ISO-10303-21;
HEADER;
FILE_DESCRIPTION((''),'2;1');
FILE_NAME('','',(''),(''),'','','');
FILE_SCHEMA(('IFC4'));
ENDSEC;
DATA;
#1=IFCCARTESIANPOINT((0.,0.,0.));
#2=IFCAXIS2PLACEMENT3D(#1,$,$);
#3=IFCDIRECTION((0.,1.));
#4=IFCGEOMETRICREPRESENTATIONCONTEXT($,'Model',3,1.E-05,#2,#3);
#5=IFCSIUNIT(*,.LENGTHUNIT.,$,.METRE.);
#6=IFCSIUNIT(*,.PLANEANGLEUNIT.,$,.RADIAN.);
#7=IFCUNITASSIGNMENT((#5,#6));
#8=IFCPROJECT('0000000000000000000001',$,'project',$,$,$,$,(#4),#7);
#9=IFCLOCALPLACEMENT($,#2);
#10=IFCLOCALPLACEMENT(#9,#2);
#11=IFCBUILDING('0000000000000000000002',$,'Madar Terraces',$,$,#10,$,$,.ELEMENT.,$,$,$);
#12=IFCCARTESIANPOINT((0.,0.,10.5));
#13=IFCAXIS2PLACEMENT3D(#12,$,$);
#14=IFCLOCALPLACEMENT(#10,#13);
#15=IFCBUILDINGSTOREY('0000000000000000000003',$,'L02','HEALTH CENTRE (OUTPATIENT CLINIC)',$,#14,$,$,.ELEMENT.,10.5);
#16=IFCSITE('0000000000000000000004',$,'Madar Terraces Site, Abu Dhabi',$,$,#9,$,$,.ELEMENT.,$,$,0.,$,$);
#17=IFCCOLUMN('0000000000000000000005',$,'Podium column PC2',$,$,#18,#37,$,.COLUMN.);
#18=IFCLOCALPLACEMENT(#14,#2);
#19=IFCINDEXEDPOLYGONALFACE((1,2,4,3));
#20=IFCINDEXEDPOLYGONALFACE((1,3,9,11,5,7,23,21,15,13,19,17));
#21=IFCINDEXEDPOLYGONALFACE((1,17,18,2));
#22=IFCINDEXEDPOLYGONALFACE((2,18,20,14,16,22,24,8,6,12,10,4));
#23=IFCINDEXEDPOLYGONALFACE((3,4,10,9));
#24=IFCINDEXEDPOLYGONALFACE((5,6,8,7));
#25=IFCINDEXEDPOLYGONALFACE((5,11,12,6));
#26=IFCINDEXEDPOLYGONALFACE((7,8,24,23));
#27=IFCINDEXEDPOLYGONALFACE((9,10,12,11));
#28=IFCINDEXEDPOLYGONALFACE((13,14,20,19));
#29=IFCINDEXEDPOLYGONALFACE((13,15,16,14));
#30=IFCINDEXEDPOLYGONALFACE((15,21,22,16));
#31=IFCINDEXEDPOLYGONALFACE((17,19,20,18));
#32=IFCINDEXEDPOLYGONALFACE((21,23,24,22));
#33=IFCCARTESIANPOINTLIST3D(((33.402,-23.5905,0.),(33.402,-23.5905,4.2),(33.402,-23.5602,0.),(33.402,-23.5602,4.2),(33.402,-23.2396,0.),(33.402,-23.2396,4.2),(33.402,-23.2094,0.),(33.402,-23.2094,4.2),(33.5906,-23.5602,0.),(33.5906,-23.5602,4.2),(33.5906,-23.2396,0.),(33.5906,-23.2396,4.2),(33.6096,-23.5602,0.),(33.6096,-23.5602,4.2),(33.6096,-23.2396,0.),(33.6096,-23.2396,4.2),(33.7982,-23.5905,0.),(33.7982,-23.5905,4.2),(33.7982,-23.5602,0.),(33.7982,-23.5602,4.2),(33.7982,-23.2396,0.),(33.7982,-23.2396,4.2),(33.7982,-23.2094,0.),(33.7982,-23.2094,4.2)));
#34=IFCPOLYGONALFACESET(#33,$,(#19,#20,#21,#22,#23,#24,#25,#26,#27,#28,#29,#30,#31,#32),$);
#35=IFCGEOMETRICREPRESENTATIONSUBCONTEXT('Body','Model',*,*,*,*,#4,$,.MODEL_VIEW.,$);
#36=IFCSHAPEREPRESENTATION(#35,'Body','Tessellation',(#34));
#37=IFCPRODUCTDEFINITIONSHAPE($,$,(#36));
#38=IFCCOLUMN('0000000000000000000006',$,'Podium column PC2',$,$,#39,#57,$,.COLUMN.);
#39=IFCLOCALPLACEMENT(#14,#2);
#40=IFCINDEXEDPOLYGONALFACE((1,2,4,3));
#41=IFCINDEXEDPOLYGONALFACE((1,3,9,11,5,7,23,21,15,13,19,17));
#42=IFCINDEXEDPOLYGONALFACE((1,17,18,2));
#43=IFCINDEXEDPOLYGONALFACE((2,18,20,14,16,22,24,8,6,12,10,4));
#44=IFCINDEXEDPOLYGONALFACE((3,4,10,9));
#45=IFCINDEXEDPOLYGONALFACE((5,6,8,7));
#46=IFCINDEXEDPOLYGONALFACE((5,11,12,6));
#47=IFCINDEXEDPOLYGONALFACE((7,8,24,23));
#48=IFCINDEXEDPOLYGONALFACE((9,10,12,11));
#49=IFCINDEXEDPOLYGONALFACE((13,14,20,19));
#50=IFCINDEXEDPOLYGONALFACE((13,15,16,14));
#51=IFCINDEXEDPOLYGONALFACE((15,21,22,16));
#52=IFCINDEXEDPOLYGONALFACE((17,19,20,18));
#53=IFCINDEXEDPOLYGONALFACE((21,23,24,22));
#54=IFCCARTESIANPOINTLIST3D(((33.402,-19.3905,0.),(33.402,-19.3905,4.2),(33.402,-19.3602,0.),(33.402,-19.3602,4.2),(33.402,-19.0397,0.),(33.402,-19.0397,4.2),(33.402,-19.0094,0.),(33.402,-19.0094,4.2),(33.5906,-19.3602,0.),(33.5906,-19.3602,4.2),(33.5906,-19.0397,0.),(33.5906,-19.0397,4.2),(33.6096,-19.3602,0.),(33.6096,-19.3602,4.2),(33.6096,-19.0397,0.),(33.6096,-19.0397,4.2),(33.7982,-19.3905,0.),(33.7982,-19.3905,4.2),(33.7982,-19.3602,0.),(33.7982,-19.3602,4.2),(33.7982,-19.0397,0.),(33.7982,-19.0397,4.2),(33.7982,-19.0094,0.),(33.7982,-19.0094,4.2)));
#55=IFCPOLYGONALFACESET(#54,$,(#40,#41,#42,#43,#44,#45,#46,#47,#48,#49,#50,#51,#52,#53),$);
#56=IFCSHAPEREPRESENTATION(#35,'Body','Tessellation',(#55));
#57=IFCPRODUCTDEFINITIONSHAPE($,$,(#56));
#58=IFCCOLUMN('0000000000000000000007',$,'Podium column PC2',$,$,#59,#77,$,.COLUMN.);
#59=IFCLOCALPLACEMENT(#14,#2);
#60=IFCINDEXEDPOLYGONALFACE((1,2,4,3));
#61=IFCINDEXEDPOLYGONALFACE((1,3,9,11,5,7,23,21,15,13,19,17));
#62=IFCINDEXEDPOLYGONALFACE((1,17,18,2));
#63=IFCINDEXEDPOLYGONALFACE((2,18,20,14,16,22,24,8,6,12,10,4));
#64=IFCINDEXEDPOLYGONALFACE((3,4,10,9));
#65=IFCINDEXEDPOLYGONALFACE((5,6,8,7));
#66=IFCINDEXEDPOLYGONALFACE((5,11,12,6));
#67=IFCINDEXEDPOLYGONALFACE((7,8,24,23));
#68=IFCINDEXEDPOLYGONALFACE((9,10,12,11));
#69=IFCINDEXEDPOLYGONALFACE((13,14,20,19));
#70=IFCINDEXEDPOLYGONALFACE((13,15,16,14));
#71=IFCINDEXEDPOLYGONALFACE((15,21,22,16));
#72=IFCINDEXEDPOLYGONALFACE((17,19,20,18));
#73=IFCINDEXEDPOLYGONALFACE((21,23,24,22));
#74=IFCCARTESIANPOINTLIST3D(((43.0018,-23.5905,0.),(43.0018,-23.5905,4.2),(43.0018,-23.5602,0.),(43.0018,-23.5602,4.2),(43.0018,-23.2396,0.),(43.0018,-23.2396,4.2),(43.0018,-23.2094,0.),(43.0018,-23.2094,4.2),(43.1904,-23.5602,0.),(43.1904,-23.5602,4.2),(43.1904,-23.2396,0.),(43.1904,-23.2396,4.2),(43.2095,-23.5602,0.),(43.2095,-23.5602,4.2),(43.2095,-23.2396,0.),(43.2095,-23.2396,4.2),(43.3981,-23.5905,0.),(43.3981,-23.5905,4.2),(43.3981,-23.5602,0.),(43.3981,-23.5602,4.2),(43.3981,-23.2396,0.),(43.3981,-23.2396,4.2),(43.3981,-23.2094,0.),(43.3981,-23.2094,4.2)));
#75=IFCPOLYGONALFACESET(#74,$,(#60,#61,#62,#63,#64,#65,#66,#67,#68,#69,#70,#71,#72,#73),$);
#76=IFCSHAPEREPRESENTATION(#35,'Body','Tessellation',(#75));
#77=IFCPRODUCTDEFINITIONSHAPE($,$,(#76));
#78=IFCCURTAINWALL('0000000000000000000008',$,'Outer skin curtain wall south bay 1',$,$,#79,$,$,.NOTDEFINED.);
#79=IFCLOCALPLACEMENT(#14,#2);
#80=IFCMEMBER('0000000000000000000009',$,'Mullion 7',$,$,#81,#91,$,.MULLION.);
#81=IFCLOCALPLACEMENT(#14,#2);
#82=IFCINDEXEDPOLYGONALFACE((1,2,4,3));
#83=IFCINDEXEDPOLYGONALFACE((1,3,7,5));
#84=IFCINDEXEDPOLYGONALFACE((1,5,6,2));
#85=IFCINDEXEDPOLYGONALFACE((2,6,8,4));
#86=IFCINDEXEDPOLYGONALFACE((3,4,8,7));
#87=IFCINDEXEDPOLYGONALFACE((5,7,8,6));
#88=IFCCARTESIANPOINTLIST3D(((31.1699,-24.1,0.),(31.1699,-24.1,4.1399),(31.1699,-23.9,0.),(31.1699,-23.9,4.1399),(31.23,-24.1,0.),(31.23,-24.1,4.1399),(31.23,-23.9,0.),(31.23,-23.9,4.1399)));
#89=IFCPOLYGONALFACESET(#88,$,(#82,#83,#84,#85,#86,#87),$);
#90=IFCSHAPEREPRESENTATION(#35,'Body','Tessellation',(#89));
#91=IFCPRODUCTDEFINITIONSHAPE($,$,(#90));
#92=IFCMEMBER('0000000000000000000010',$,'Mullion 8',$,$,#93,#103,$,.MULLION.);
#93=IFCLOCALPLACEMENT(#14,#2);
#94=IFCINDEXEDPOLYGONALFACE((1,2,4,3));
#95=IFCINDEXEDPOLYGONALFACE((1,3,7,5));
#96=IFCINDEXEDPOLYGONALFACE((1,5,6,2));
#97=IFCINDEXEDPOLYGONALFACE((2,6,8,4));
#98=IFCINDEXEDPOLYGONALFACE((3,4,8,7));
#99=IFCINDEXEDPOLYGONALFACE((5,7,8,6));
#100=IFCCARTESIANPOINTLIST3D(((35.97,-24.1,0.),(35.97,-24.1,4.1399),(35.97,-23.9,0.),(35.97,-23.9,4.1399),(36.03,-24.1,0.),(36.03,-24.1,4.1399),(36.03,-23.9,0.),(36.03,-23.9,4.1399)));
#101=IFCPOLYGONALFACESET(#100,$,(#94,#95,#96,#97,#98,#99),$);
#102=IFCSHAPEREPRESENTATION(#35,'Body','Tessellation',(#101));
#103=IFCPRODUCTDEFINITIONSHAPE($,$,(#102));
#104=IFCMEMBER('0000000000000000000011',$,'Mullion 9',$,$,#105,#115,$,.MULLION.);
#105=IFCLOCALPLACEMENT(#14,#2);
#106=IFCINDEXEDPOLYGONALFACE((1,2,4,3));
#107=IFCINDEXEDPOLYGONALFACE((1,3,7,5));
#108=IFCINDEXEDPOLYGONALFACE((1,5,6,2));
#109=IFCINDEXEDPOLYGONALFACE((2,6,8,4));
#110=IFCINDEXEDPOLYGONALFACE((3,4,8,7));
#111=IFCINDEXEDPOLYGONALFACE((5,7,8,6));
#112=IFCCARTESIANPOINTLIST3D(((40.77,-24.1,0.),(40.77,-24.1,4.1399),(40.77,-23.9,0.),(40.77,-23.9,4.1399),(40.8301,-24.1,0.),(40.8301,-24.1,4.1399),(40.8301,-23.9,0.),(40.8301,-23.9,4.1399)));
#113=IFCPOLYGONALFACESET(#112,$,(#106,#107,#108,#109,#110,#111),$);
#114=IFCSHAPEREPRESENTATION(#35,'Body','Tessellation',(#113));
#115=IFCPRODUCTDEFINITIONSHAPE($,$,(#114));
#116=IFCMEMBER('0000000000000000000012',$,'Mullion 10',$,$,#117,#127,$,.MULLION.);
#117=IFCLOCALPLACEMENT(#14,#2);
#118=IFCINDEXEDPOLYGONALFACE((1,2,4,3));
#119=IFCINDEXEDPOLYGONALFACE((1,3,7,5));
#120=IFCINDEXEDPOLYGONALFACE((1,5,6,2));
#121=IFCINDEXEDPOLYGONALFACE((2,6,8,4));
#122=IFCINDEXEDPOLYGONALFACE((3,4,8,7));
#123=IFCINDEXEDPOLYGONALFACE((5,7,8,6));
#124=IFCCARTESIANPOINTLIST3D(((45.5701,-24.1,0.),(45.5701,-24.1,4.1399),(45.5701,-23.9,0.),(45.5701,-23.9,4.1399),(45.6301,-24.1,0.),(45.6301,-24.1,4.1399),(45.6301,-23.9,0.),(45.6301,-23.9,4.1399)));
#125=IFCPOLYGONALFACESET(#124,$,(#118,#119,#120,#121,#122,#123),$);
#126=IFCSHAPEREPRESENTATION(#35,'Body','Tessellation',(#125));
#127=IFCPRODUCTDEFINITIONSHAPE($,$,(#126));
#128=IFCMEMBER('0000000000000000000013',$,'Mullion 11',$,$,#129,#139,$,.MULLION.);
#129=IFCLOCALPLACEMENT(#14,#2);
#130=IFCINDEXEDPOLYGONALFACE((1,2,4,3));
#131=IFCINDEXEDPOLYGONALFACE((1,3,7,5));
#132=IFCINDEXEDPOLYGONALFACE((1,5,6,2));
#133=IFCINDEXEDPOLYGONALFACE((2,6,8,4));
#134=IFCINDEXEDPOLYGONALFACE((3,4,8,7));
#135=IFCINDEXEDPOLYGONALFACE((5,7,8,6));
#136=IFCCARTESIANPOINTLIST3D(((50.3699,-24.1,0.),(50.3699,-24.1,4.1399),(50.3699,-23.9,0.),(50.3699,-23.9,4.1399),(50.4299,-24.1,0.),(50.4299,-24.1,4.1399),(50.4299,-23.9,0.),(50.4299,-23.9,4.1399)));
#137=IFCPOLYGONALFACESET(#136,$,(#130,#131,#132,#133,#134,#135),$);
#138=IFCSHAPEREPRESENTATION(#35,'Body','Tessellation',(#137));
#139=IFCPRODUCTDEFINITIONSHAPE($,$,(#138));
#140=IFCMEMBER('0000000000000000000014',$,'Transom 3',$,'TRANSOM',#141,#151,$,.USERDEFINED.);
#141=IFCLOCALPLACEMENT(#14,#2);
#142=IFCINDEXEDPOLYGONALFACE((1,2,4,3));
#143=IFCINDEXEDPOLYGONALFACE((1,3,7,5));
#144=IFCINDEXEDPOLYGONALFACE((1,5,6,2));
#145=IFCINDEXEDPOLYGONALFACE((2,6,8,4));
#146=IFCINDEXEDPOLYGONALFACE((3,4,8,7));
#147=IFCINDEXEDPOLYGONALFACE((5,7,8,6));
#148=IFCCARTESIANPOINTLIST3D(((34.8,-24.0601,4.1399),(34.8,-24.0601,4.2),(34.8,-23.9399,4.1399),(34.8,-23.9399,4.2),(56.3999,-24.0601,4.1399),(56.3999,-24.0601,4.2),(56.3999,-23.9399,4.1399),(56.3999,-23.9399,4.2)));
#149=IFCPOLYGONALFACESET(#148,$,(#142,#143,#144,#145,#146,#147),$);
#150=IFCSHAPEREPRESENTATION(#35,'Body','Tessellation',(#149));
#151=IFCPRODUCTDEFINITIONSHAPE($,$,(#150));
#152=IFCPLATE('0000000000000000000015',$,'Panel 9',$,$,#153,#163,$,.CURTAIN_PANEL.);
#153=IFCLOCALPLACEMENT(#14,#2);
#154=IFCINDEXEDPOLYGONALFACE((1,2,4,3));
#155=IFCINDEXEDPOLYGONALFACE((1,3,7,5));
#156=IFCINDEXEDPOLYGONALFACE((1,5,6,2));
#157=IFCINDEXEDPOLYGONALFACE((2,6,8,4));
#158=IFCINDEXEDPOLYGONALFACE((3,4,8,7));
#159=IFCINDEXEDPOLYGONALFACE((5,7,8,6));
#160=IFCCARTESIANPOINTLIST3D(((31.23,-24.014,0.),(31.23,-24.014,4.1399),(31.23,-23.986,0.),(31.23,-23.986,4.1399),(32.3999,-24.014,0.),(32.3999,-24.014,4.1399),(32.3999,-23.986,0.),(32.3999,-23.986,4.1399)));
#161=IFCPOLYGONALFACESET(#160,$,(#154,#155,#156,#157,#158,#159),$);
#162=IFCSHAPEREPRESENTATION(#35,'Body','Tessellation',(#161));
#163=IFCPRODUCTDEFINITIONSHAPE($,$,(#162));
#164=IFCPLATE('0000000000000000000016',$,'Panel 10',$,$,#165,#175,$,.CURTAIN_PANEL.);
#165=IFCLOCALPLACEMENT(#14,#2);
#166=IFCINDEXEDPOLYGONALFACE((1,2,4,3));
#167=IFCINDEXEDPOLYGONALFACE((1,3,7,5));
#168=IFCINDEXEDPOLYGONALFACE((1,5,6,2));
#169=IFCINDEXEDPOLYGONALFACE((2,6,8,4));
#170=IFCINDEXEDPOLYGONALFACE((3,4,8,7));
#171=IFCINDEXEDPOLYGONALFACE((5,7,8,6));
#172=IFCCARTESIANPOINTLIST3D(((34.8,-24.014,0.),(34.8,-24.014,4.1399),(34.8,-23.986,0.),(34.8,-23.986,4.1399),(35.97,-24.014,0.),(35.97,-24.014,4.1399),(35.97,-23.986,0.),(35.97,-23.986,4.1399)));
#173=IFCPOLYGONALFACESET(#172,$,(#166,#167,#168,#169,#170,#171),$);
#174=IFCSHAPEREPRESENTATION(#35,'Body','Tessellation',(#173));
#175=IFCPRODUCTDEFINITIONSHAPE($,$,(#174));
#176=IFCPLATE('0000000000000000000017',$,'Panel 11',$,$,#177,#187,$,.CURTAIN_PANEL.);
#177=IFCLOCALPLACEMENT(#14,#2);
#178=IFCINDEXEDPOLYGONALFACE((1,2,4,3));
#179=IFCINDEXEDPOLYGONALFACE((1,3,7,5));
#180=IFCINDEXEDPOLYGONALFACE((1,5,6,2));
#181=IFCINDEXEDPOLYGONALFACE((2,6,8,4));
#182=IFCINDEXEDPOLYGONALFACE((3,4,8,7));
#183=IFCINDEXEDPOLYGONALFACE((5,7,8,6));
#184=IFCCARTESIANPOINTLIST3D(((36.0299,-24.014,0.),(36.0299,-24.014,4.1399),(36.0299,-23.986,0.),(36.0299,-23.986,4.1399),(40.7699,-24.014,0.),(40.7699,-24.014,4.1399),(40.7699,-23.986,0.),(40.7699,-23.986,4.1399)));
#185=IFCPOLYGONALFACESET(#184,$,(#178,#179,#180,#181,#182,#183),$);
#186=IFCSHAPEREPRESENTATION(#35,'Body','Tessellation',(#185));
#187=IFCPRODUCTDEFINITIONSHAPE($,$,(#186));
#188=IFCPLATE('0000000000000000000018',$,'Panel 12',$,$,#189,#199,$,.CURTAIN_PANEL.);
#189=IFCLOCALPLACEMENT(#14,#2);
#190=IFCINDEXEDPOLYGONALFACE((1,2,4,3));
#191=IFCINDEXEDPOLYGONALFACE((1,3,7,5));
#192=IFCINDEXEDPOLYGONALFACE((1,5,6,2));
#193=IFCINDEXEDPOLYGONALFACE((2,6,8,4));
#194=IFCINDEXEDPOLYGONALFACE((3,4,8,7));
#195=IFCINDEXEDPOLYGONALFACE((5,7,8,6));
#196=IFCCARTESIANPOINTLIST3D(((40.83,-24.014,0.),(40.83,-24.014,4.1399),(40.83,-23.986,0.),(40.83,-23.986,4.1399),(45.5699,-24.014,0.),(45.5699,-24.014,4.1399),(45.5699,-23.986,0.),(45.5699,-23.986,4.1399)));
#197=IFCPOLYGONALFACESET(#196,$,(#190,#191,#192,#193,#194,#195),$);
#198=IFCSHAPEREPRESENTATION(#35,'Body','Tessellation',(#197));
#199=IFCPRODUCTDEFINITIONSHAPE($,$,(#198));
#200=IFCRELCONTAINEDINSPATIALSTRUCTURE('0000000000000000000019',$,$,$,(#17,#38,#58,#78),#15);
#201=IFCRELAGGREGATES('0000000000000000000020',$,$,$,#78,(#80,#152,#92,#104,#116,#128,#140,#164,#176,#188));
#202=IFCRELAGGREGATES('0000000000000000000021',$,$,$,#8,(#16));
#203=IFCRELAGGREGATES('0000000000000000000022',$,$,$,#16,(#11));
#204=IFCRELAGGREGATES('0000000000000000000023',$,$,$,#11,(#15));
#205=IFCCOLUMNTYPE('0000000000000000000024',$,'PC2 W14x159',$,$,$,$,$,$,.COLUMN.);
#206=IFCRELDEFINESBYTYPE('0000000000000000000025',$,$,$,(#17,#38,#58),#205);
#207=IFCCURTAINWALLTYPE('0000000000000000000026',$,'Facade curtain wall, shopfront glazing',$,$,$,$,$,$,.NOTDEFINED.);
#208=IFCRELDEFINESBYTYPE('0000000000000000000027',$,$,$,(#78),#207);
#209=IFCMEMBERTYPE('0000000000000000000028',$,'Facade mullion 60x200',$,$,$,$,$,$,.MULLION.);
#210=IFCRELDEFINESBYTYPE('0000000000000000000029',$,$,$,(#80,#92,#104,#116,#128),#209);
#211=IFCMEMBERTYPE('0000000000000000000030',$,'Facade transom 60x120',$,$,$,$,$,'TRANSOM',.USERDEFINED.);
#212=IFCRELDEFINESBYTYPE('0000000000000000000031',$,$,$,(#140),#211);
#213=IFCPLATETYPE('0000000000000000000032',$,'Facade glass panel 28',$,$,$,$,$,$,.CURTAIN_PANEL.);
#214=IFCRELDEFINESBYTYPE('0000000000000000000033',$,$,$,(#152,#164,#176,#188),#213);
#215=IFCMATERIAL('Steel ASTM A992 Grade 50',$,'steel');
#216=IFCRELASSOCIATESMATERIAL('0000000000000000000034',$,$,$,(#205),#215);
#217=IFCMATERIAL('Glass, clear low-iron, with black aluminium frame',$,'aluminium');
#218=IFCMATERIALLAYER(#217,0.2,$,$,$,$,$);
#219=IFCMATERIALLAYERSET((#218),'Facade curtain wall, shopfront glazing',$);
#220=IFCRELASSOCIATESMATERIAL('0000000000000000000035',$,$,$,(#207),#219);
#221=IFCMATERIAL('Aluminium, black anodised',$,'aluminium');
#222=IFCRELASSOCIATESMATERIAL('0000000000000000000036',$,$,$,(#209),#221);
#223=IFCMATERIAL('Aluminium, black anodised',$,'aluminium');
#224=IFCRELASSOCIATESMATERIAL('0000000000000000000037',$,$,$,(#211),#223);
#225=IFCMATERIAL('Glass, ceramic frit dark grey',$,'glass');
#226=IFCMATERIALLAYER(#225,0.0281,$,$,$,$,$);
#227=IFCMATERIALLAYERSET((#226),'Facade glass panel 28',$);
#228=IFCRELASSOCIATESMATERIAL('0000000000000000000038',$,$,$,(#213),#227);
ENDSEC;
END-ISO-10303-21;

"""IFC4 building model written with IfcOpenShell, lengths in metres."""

from ifc_helpers import new_model, si_unit, direction, frame, origin, origin_2d, place, context, subcontext, project, spatial, rectangle, i_section, extrude, material, layer, layer_set, material_profile, profile_set, type_object, element, aggregate, save


model = new_model("IFC4")

# Units and contexts
model_context = context("Model", 3, precision=1e-05, world=origin(), true_north=direction((0.0, 1.0)))
body_context = subcontext(model_context, "Body", "Model", "MODEL_VIEW")
ifc_project = project(units=[si_unit("LENGTHUNIT", "METRE"), si_unit("PLANEANGLEUNIT", "RADIAN")], contexts=[model_context])

# Site, building, storey
site_placement = place(None, origin())
site = spatial("IfcSite", under=ifc_project, at=site_placement, Name="Madar Terraces Site, Abu Dhabi", CompositionType="ELEMENT", RefElevation=0.0)
building_placement = place(site_placement, origin())
building = spatial("IfcBuilding", under=site, at=building_placement, Name="Madar Terraces", CompositionType="ELEMENT")
storey_placement = place(building_placement, frame((0.0, 0.0, 10.5)))
storey = spatial("IfcBuildingStorey", under=building, at=storey_placement, Name="L02", Description="HEALTH CENTRE (OUTPATIENT CLINIC)", CompositionType="ELEMENT", Elevation=10.5)

# Columns
ifc_material_1 = material(Name="Steel ASTM A992 Grade 50", Category="steel")
ifc_material_profile_1 = material_profile(ifc_material_1, i_section(OverallWidth=0.3962, OverallDepth=0.3811, WebThickness=0.019, FlangeThickness=0.0303, at=origin_2d()), Name="W14x159")
ifc_profile_set_1 = profile_set([ifc_material_profile_1], Name="Steel ASTM A992 Grade 50")
column_type = type_object("IfcColumnType", Name="PC2 W14x159", PredefinedType="COLUMN", material=ifc_profile_set_1)
for number, where, z_axis, x_axis, name in (
    (1, (33.6001, -23.3999, 0.0), (0.0, 0.0, 1.0), (1.0, 0.0, 0.0), "Podium column PC2"),
    (2, (33.6001, -19.2, 0.0), (0.0, 0.0, 1.0), (1.0, 0.0, 0.0), "Podium column PC2"),
    (3, (43.2, -23.3999, 0.0), (0.0, 0.0, 1.0), (1.0, 0.0, 0.0), "Podium column PC2"),
):
    element("IfcColumn", number, at=place(storey_placement, frame(where, z_axis=z_axis, x_axis=x_axis)), inside=storey, type_object=column_type, Name=name, PredefinedType="COLUMN", context=body_context, shape_type="SweptSolid", body=[
        extrude(i_section(OverallWidth=0.3962, OverallDepth=0.3811, WebThickness=0.019, FlangeThickness=0.0303, at=origin_2d()), origin(), (0.0, 0.0, 1.0), 4.2),
    ])

# Curtain wall, members, plates
ifc_material_2 = material(Name="Glass, clear low-iron, with black aluminium frame", Category="aluminium")
ifc_layer_1 = layer(ifc_material_2, 0.2)
ifc_layer_set_1 = layer_set([ifc_layer_1], Name="Facade curtain wall, shopfront glazing")
curtain_wall_type = type_object("IfcCurtainWallType", Name="Facade curtain wall, shopfront glazing", PredefinedType="NOTDEFINED", material=ifc_layer_set_1)
curtain_wall_placement = place(storey_placement, origin())
curtain_wall = element("IfcCurtainWall", 4, at=curtain_wall_placement, inside=storey, type_object=curtain_wall_type, Name="Outer skin curtain wall south bay 1", PredefinedType="NOTDEFINED")
ifc_material_3 = material(Name="Aluminium, black anodised", Category="aluminium")
ifc_material_profile_2 = material_profile(ifc_material_3, rectangle(XDim=0.2, YDim=0.0601, at=origin_2d()), Name="Facade mullion 60x200")
ifc_profile_set_2 = profile_set([ifc_material_profile_2], Name="Aluminium, black anodised")
member_type_1 = type_object("IfcMemberType", Name="Facade mullion 60x200", PredefinedType="MULLION", material=ifc_profile_set_2)
member_1_placement = place(storey_placement, frame((31.2, -24.0, 0.0), z_axis=(0.0, 0.0, 1.0), x_axis=(0.0, 1.0, 0.0)))
member_1 = element("IfcMember", 5, at=member_1_placement, type_object=member_type_1, Name="Mullion 7", PredefinedType="MULLION", context=body_context, shape_type="SweptSolid", body=[
    extrude(rectangle(XDim=0.2, YDim=0.0601, at=origin_2d()), origin(), (0.0, 0.0, 1.0), 4.1399),
])
member_2_placement = place(storey_placement, frame((36.0, -24.0, 0.0), z_axis=(0.0, 0.0, 1.0), x_axis=(0.0, 1.0, 0.0)))
member_2 = element("IfcMember", 6, at=member_2_placement, type_object=member_type_1, Name="Mullion 8", PredefinedType="MULLION", context=body_context, shape_type="SweptSolid", body=[
    extrude(rectangle(XDim=0.2, YDim=0.0601, at=origin_2d()), origin(), (0.0, 0.0, 1.0), 4.1399),
])
member_3_placement = place(storey_placement, frame((40.8, -24.0, 0.0), z_axis=(0.0, 0.0, 1.0), x_axis=(0.0, 1.0, 0.0)))
member_3 = element("IfcMember", 7, at=member_3_placement, type_object=member_type_1, Name="Mullion 9", PredefinedType="MULLION", context=body_context, shape_type="SweptSolid", body=[
    extrude(rectangle(XDim=0.2, YDim=0.0601, at=origin_2d()), origin(), (0.0, 0.0, 1.0), 4.1399),
])
member_4_placement = place(storey_placement, frame((45.6001, -24.0, 0.0), z_axis=(0.0, 0.0, 1.0), x_axis=(0.0, 1.0, 0.0)))
member_4 = element("IfcMember", 8, at=member_4_placement, type_object=member_type_1, Name="Mullion 10", PredefinedType="MULLION", context=body_context, shape_type="SweptSolid", body=[
    extrude(rectangle(XDim=0.2, YDim=0.0601, at=origin_2d()), origin(), (0.0, 0.0, 1.0), 4.1399),
])
member_5_placement = place(storey_placement, frame((50.3999, -24.0, 0.0), z_axis=(0.0, 0.0, 1.0), x_axis=(0.0, 1.0, 0.0)))
member_5 = element("IfcMember", 9, at=member_5_placement, type_object=member_type_1, Name="Mullion 11", PredefinedType="MULLION", context=body_context, shape_type="SweptSolid", body=[
    extrude(rectangle(XDim=0.2, YDim=0.0601, at=origin_2d()), origin(), (0.0, 0.0, 1.0), 4.1399),
])
ifc_material_4 = material(Name="Aluminium, black anodised", Category="aluminium")
ifc_material_profile_3 = material_profile(ifc_material_4, rectangle(XDim=0.1201, YDim=0.0601, at=origin_2d()), Name="Facade transom 60x120")
ifc_profile_set_3 = profile_set([ifc_material_profile_3], Name="Aluminium, black anodised")
member_type_2 = type_object("IfcMemberType", Name="Facade transom 60x120", ElementType="TRANSOM", PredefinedType="USERDEFINED", material=ifc_profile_set_3)
member_6_placement = place(storey_placement, frame((34.8, -24.0, 4.1699), z_axis=(1.0, 0.0, 0.0), x_axis=(0.0, 1.0, 0.0)))
member_6 = element("IfcMember", 10, at=member_6_placement, type_object=member_type_2, Name="Transom 3", ObjectType="TRANSOM", PredefinedType="USERDEFINED", context=body_context, shape_type="SweptSolid", body=[
    extrude(rectangle(XDim=0.1201, YDim=0.0601, at=origin_2d()), origin(), (0.0, 0.0, 1.0), 21.5999),
])
ifc_material_5 = material(Name="Glass, ceramic frit dark grey", Category="glass")
ifc_layer_2 = layer(ifc_material_5, 0.0281)
ifc_layer_set_2 = layer_set([ifc_layer_2], Name="Facade glass panel 28")
plate_type = type_object("IfcPlateType", Name="Facade glass panel 28", PredefinedType="CURTAIN_PANEL", material=ifc_layer_set_2)
plate_1_placement = place(storey_placement, frame((31.8149, -24.0, 0.0), z_axis=(0.0, 0.0, 1.0), x_axis=(1.0, 0.0, 0.0)))
plate_1 = element("IfcPlate", 11, at=plate_1_placement, type_object=plate_type, Name="Panel 9", PredefinedType="CURTAIN_PANEL", context=body_context, shape_type="SweptSolid", body=[
    extrude(rectangle(XDim=1.1699, YDim=0.0281, at=origin_2d()), origin(), (0.0, 0.0, 1.0), 4.1399),
])
plate_2_placement = place(storey_placement, frame((35.385, -24.0, 0.0), z_axis=(0.0, 0.0, 1.0), x_axis=(1.0, 0.0, 0.0)))
plate_2 = element("IfcPlate", 12, at=plate_2_placement, type_object=plate_type, Name="Panel 10", PredefinedType="CURTAIN_PANEL", context=body_context, shape_type="SweptSolid", body=[
    extrude(rectangle(XDim=1.1699, YDim=0.0281, at=origin_2d()), origin(), (0.0, 0.0, 1.0), 4.1399),
])
plate_3_placement = place(storey_placement, frame((38.3999, -24.0, 0.0), z_axis=(0.0, 0.0, 1.0), x_axis=(1.0, 0.0, 0.0)))
plate_3 = element("IfcPlate", 13, at=plate_3_placement, type_object=plate_type, Name="Panel 11", PredefinedType="CURTAIN_PANEL", context=body_context, shape_type="SweptSolid", body=[
    extrude(rectangle(XDim=4.74, YDim=0.0281, at=origin_2d()), origin(), (0.0, 0.0, 1.0), 4.1399),
])
plate_4_placement = place(storey_placement, frame((43.2, -24.0, 0.0), z_axis=(0.0, 0.0, 1.0), x_axis=(1.0, 0.0, 0.0)))
plate_4 = element("IfcPlate", 14, at=plate_4_placement, type_object=plate_type, Name="Panel 12", PredefinedType="CURTAIN_PANEL", context=body_context, shape_type="SweptSolid", body=[
    extrude(rectangle(XDim=4.74, YDim=0.0281, at=origin_2d()), origin(), (0.0, 0.0, 1.0), 4.1399),
])
aggregate(curtain_wall, [member_1, plate_1, member_2, member_3, member_4, member_5, member_6, plate_2, plate_3, plate_4])

save(model, "model.ifc")
